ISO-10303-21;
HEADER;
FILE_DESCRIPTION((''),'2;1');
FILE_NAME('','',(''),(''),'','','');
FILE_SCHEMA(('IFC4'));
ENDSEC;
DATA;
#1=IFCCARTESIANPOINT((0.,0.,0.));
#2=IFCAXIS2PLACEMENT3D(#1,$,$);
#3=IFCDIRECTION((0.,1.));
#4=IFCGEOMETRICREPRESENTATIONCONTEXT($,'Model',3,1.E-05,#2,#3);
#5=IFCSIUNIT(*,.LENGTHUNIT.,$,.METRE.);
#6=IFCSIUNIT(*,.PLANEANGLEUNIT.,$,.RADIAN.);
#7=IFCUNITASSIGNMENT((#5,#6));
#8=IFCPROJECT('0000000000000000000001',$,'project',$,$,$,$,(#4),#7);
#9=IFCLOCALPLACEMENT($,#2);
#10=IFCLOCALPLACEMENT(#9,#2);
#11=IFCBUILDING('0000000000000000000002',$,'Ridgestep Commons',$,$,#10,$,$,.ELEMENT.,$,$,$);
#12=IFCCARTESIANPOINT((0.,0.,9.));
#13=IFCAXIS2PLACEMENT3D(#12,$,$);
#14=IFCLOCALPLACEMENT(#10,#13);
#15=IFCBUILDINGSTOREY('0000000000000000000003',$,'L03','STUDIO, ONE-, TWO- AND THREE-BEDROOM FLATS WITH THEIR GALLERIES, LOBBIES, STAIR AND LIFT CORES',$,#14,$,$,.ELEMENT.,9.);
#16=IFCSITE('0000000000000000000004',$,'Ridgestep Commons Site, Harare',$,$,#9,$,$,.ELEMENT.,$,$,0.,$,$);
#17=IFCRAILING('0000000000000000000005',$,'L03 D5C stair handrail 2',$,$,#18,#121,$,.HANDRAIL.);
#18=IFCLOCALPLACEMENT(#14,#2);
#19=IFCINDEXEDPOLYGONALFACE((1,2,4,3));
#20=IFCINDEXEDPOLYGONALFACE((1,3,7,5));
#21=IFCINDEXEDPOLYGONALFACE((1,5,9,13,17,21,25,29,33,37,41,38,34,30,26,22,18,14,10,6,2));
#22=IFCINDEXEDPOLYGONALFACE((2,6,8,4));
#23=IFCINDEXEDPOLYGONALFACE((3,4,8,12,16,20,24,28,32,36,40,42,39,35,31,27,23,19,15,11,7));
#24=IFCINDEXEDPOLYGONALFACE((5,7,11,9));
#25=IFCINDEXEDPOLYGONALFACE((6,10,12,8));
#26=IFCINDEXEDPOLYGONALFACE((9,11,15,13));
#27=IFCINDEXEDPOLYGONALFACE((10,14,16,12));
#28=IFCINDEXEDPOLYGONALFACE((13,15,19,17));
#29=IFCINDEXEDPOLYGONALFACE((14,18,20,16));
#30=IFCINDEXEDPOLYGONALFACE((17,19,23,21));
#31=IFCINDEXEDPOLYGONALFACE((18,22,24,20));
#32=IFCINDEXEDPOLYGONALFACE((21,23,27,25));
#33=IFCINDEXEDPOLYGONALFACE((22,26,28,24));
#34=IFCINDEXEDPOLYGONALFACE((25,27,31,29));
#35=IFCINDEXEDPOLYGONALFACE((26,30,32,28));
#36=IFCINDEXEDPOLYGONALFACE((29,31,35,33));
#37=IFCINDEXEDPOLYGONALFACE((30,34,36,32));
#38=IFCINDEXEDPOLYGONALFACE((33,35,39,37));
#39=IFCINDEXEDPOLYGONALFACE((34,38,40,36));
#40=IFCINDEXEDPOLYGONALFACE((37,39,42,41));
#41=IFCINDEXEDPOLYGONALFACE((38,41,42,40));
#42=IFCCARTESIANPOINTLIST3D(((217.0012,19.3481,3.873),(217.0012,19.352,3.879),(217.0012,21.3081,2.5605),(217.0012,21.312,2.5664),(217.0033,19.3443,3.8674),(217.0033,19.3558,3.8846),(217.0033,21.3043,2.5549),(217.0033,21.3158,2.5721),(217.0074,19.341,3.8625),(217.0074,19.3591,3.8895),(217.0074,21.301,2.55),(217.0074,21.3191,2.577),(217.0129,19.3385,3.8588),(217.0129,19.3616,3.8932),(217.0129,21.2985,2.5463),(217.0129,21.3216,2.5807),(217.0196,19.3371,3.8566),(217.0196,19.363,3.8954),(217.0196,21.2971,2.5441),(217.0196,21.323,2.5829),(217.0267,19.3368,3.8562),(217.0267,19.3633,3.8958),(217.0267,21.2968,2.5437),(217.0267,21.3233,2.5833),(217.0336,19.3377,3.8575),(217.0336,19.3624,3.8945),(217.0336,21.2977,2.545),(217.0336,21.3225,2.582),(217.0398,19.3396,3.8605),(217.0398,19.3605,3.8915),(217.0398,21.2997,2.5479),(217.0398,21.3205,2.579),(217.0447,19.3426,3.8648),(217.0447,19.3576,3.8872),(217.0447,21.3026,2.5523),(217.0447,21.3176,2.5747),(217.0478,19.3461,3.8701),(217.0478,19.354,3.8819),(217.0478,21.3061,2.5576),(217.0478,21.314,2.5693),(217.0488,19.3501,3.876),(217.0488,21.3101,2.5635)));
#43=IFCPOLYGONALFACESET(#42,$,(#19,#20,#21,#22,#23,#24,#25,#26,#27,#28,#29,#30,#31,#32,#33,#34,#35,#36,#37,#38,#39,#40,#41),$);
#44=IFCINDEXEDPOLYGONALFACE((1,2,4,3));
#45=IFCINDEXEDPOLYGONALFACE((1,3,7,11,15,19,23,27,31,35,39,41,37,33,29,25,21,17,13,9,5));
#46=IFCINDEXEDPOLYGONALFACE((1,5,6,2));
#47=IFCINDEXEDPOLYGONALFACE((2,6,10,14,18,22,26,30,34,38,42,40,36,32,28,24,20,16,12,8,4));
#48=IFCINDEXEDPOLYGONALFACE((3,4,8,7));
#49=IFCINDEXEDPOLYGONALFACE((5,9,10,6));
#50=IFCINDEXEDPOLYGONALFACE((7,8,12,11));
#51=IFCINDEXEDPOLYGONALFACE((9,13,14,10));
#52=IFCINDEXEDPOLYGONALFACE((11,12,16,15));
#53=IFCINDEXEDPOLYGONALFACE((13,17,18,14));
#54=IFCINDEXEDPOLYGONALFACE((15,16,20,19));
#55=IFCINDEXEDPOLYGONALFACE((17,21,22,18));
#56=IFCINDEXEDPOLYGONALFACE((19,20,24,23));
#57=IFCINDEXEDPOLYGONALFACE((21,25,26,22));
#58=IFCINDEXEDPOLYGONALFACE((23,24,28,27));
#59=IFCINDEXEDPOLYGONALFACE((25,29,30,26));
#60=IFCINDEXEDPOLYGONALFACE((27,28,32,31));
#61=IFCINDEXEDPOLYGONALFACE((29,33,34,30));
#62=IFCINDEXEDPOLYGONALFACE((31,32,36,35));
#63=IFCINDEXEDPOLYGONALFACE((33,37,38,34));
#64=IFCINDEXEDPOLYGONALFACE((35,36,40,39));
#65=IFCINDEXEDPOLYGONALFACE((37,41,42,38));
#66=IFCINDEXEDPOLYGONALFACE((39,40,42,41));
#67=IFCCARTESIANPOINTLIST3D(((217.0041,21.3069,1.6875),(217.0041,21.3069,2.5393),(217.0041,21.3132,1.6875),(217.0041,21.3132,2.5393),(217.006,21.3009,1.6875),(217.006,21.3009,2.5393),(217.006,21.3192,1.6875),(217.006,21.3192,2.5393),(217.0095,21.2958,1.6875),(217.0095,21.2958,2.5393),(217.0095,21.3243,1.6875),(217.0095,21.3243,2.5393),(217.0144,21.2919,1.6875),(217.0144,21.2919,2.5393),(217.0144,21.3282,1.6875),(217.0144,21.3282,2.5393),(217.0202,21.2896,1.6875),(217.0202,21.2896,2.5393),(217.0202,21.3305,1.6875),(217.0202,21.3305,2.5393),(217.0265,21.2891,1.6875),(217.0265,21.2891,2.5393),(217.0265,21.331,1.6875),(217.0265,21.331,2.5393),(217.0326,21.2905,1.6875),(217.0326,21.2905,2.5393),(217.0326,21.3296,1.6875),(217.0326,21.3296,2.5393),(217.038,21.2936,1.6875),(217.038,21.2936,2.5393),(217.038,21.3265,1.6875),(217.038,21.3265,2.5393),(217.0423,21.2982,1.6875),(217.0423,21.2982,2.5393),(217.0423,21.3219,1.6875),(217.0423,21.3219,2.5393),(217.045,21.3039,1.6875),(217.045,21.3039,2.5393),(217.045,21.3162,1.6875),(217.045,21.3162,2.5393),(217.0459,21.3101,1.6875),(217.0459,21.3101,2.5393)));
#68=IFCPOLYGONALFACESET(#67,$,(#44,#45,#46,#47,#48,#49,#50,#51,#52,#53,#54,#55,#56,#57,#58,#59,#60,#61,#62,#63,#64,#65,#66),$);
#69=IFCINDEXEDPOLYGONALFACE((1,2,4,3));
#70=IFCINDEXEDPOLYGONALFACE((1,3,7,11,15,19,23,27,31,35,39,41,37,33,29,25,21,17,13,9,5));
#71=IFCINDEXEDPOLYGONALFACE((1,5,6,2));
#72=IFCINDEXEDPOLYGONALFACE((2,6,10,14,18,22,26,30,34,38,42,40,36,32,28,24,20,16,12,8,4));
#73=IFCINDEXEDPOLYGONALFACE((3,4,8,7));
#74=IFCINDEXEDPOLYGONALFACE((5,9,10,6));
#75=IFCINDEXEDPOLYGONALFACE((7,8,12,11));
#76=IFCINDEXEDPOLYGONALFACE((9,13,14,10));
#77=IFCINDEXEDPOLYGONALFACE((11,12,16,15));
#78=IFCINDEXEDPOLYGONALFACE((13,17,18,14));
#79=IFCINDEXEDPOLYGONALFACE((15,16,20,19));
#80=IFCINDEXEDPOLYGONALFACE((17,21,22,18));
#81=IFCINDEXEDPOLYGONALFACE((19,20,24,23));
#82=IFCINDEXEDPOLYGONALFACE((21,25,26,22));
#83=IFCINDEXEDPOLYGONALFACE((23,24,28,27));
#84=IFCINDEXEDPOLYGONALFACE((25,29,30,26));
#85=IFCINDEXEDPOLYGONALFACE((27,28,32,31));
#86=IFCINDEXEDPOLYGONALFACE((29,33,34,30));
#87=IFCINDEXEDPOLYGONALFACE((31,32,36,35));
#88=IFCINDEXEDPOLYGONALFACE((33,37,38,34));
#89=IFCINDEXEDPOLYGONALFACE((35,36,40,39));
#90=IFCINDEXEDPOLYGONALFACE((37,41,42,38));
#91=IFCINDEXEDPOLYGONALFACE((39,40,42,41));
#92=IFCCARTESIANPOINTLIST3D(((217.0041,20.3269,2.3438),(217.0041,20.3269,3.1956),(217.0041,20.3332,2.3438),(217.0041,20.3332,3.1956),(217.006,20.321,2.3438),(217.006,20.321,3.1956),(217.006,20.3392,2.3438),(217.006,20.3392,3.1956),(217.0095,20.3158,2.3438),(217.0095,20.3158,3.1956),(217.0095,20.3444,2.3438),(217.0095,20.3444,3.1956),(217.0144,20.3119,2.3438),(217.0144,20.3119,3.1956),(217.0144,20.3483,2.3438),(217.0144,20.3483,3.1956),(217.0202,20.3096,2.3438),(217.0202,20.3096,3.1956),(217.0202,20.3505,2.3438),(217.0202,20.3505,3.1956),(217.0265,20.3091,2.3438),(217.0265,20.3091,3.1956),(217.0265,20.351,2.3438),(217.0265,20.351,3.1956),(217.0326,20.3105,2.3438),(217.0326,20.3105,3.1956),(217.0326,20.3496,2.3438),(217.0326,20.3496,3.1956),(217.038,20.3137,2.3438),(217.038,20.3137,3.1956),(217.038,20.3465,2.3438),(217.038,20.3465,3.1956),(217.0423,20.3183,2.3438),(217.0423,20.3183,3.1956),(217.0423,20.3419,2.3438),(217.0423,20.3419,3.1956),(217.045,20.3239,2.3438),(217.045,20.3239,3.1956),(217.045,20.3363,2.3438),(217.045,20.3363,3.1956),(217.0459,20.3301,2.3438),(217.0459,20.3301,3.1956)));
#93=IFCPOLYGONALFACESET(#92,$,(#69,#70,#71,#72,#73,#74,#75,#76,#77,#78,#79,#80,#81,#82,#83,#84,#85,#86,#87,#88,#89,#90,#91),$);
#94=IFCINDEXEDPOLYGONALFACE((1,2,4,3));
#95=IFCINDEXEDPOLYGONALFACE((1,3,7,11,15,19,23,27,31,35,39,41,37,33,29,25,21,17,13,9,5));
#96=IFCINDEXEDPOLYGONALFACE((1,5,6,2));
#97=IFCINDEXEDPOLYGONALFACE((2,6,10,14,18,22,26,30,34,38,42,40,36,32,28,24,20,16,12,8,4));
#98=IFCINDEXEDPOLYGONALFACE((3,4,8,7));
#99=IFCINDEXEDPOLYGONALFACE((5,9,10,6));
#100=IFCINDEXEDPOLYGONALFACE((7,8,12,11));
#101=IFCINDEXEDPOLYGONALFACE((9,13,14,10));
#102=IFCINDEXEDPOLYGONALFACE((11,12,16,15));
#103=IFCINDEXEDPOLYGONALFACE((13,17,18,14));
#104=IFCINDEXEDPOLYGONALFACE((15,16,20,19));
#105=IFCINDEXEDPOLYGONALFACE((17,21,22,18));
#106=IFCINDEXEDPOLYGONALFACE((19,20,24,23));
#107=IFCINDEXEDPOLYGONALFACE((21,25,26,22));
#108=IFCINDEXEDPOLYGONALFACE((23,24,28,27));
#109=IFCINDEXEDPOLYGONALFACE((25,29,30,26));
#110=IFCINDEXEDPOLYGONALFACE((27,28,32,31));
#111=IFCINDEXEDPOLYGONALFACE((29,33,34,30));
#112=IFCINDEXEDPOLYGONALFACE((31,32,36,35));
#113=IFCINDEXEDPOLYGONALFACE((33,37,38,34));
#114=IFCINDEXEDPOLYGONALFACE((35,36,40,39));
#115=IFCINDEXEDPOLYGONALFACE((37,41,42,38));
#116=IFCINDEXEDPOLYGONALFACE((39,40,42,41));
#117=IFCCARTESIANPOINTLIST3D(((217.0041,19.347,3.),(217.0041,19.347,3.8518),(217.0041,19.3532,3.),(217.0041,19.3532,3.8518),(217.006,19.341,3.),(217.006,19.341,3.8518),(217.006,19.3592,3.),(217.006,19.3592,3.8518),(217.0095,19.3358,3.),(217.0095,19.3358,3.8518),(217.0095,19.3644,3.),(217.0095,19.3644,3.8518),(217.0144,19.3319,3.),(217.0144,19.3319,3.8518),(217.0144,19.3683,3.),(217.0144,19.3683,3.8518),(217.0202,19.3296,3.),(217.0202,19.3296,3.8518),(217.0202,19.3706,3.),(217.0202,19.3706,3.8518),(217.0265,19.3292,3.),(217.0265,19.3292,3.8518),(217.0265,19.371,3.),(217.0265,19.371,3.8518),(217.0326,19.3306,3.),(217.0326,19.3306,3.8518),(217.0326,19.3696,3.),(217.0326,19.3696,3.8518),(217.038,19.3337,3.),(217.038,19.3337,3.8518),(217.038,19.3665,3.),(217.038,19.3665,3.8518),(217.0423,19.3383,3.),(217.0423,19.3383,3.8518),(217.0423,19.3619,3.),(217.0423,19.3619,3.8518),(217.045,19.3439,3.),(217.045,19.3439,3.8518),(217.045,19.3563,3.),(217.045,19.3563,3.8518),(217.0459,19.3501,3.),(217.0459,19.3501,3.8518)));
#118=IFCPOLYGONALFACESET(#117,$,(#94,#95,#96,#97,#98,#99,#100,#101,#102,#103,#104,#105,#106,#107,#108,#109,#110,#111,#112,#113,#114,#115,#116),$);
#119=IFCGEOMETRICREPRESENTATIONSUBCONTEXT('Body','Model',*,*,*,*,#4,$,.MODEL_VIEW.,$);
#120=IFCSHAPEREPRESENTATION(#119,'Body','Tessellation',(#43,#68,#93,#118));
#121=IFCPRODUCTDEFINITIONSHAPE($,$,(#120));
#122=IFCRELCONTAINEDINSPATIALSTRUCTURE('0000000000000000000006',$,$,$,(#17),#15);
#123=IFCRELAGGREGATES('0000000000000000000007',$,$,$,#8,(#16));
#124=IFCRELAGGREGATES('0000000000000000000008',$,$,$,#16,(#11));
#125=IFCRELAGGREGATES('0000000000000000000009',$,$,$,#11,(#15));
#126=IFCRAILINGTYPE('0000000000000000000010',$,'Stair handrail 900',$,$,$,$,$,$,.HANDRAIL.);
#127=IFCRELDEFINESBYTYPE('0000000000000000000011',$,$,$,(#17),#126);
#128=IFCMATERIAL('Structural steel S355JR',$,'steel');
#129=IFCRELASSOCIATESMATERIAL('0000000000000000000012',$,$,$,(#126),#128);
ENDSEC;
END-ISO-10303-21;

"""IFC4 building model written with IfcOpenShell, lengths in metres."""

from ifc_helpers import new_model, si_unit, direction, frame, origin, origin_2d, place, context, subcontext, project, spatial, circle, extrude, material, type_object, element, save


model = new_model("IFC4")

# Units and contexts
model_context = context("Model", 3, precision=1e-05, world=origin(), true_north=direction((0.0, 1.0)))
body_context = subcontext(model_context, "Body", "Model", "MODEL_VIEW")
ifc_project = project(units=[si_unit("LENGTHUNIT", "METRE"), si_unit("PLANEANGLEUNIT", "RADIAN")], contexts=[model_context])

# Site, building, storey
site_placement = place(None, origin())
site = spatial("IfcSite", under=ifc_project, at=site_placement, Name="Ridgestep Commons Site, Harare", CompositionType="ELEMENT", RefElevation=0.0)
building_placement = place(site_placement, origin())
building = spatial("IfcBuilding", under=site, at=building_placement, Name="Ridgestep Commons", CompositionType="ELEMENT")
storey_placement = place(building_placement, frame((0.0, 0.0, 9.0)))
storey = spatial("IfcBuildingStorey", under=building, at=storey_placement, Name="L03", Description="STUDIO, ONE-, TWO- AND THREE-BEDROOM FLATS WITH THEIR GALLERIES, LOBBIES, STAIR AND LIFT CORES", CompositionType="ELEMENT", Elevation=9.0)

# Railing
ifc_material_1 = material(Name="Structural steel S355JR", Category="steel")
railing_type_1 = type_object("IfcRailingType", Name="Stair handrail 900", PredefinedType="HANDRAIL", material=ifc_material_1)
railing_1_placement = place(storey_placement, frame((217.0249, 21.3101, 1.6875)))
element("IfcRailing", 1, at=railing_1_placement, inside=storey, type_object=railing_type_1, Name="L03 D5C stair handrail 2", PredefinedType="HANDRAIL", context=body_context, shape_type="SweptSolid", body=[
    extrude(circle(Radius=0.0239, at=origin_2d()), frame((0.0, 0.0, 0.876), z_axis=(0.0, -0.830902, 0.556419), x_axis=(1.0, 0.0, 0.0)), (0.0, 0.0, 1.0), 2.3589),
    extrude(circle(Radius=0.021, at=origin_2d()), origin(), (0.0, 0.0, 1.0), 0.8518),
    extrude(circle(Radius=0.021, at=origin_2d()), frame((0.0, -0.98, 0.6562)), (0.0, 0.0, 1.0), 0.8518),
    extrude(circle(Radius=0.021, at=origin_2d()), frame((0.0, -1.96, 1.3125)), (0.0, 0.0, 1.0), 0.8518),
])

save(model, "model.ifc")
